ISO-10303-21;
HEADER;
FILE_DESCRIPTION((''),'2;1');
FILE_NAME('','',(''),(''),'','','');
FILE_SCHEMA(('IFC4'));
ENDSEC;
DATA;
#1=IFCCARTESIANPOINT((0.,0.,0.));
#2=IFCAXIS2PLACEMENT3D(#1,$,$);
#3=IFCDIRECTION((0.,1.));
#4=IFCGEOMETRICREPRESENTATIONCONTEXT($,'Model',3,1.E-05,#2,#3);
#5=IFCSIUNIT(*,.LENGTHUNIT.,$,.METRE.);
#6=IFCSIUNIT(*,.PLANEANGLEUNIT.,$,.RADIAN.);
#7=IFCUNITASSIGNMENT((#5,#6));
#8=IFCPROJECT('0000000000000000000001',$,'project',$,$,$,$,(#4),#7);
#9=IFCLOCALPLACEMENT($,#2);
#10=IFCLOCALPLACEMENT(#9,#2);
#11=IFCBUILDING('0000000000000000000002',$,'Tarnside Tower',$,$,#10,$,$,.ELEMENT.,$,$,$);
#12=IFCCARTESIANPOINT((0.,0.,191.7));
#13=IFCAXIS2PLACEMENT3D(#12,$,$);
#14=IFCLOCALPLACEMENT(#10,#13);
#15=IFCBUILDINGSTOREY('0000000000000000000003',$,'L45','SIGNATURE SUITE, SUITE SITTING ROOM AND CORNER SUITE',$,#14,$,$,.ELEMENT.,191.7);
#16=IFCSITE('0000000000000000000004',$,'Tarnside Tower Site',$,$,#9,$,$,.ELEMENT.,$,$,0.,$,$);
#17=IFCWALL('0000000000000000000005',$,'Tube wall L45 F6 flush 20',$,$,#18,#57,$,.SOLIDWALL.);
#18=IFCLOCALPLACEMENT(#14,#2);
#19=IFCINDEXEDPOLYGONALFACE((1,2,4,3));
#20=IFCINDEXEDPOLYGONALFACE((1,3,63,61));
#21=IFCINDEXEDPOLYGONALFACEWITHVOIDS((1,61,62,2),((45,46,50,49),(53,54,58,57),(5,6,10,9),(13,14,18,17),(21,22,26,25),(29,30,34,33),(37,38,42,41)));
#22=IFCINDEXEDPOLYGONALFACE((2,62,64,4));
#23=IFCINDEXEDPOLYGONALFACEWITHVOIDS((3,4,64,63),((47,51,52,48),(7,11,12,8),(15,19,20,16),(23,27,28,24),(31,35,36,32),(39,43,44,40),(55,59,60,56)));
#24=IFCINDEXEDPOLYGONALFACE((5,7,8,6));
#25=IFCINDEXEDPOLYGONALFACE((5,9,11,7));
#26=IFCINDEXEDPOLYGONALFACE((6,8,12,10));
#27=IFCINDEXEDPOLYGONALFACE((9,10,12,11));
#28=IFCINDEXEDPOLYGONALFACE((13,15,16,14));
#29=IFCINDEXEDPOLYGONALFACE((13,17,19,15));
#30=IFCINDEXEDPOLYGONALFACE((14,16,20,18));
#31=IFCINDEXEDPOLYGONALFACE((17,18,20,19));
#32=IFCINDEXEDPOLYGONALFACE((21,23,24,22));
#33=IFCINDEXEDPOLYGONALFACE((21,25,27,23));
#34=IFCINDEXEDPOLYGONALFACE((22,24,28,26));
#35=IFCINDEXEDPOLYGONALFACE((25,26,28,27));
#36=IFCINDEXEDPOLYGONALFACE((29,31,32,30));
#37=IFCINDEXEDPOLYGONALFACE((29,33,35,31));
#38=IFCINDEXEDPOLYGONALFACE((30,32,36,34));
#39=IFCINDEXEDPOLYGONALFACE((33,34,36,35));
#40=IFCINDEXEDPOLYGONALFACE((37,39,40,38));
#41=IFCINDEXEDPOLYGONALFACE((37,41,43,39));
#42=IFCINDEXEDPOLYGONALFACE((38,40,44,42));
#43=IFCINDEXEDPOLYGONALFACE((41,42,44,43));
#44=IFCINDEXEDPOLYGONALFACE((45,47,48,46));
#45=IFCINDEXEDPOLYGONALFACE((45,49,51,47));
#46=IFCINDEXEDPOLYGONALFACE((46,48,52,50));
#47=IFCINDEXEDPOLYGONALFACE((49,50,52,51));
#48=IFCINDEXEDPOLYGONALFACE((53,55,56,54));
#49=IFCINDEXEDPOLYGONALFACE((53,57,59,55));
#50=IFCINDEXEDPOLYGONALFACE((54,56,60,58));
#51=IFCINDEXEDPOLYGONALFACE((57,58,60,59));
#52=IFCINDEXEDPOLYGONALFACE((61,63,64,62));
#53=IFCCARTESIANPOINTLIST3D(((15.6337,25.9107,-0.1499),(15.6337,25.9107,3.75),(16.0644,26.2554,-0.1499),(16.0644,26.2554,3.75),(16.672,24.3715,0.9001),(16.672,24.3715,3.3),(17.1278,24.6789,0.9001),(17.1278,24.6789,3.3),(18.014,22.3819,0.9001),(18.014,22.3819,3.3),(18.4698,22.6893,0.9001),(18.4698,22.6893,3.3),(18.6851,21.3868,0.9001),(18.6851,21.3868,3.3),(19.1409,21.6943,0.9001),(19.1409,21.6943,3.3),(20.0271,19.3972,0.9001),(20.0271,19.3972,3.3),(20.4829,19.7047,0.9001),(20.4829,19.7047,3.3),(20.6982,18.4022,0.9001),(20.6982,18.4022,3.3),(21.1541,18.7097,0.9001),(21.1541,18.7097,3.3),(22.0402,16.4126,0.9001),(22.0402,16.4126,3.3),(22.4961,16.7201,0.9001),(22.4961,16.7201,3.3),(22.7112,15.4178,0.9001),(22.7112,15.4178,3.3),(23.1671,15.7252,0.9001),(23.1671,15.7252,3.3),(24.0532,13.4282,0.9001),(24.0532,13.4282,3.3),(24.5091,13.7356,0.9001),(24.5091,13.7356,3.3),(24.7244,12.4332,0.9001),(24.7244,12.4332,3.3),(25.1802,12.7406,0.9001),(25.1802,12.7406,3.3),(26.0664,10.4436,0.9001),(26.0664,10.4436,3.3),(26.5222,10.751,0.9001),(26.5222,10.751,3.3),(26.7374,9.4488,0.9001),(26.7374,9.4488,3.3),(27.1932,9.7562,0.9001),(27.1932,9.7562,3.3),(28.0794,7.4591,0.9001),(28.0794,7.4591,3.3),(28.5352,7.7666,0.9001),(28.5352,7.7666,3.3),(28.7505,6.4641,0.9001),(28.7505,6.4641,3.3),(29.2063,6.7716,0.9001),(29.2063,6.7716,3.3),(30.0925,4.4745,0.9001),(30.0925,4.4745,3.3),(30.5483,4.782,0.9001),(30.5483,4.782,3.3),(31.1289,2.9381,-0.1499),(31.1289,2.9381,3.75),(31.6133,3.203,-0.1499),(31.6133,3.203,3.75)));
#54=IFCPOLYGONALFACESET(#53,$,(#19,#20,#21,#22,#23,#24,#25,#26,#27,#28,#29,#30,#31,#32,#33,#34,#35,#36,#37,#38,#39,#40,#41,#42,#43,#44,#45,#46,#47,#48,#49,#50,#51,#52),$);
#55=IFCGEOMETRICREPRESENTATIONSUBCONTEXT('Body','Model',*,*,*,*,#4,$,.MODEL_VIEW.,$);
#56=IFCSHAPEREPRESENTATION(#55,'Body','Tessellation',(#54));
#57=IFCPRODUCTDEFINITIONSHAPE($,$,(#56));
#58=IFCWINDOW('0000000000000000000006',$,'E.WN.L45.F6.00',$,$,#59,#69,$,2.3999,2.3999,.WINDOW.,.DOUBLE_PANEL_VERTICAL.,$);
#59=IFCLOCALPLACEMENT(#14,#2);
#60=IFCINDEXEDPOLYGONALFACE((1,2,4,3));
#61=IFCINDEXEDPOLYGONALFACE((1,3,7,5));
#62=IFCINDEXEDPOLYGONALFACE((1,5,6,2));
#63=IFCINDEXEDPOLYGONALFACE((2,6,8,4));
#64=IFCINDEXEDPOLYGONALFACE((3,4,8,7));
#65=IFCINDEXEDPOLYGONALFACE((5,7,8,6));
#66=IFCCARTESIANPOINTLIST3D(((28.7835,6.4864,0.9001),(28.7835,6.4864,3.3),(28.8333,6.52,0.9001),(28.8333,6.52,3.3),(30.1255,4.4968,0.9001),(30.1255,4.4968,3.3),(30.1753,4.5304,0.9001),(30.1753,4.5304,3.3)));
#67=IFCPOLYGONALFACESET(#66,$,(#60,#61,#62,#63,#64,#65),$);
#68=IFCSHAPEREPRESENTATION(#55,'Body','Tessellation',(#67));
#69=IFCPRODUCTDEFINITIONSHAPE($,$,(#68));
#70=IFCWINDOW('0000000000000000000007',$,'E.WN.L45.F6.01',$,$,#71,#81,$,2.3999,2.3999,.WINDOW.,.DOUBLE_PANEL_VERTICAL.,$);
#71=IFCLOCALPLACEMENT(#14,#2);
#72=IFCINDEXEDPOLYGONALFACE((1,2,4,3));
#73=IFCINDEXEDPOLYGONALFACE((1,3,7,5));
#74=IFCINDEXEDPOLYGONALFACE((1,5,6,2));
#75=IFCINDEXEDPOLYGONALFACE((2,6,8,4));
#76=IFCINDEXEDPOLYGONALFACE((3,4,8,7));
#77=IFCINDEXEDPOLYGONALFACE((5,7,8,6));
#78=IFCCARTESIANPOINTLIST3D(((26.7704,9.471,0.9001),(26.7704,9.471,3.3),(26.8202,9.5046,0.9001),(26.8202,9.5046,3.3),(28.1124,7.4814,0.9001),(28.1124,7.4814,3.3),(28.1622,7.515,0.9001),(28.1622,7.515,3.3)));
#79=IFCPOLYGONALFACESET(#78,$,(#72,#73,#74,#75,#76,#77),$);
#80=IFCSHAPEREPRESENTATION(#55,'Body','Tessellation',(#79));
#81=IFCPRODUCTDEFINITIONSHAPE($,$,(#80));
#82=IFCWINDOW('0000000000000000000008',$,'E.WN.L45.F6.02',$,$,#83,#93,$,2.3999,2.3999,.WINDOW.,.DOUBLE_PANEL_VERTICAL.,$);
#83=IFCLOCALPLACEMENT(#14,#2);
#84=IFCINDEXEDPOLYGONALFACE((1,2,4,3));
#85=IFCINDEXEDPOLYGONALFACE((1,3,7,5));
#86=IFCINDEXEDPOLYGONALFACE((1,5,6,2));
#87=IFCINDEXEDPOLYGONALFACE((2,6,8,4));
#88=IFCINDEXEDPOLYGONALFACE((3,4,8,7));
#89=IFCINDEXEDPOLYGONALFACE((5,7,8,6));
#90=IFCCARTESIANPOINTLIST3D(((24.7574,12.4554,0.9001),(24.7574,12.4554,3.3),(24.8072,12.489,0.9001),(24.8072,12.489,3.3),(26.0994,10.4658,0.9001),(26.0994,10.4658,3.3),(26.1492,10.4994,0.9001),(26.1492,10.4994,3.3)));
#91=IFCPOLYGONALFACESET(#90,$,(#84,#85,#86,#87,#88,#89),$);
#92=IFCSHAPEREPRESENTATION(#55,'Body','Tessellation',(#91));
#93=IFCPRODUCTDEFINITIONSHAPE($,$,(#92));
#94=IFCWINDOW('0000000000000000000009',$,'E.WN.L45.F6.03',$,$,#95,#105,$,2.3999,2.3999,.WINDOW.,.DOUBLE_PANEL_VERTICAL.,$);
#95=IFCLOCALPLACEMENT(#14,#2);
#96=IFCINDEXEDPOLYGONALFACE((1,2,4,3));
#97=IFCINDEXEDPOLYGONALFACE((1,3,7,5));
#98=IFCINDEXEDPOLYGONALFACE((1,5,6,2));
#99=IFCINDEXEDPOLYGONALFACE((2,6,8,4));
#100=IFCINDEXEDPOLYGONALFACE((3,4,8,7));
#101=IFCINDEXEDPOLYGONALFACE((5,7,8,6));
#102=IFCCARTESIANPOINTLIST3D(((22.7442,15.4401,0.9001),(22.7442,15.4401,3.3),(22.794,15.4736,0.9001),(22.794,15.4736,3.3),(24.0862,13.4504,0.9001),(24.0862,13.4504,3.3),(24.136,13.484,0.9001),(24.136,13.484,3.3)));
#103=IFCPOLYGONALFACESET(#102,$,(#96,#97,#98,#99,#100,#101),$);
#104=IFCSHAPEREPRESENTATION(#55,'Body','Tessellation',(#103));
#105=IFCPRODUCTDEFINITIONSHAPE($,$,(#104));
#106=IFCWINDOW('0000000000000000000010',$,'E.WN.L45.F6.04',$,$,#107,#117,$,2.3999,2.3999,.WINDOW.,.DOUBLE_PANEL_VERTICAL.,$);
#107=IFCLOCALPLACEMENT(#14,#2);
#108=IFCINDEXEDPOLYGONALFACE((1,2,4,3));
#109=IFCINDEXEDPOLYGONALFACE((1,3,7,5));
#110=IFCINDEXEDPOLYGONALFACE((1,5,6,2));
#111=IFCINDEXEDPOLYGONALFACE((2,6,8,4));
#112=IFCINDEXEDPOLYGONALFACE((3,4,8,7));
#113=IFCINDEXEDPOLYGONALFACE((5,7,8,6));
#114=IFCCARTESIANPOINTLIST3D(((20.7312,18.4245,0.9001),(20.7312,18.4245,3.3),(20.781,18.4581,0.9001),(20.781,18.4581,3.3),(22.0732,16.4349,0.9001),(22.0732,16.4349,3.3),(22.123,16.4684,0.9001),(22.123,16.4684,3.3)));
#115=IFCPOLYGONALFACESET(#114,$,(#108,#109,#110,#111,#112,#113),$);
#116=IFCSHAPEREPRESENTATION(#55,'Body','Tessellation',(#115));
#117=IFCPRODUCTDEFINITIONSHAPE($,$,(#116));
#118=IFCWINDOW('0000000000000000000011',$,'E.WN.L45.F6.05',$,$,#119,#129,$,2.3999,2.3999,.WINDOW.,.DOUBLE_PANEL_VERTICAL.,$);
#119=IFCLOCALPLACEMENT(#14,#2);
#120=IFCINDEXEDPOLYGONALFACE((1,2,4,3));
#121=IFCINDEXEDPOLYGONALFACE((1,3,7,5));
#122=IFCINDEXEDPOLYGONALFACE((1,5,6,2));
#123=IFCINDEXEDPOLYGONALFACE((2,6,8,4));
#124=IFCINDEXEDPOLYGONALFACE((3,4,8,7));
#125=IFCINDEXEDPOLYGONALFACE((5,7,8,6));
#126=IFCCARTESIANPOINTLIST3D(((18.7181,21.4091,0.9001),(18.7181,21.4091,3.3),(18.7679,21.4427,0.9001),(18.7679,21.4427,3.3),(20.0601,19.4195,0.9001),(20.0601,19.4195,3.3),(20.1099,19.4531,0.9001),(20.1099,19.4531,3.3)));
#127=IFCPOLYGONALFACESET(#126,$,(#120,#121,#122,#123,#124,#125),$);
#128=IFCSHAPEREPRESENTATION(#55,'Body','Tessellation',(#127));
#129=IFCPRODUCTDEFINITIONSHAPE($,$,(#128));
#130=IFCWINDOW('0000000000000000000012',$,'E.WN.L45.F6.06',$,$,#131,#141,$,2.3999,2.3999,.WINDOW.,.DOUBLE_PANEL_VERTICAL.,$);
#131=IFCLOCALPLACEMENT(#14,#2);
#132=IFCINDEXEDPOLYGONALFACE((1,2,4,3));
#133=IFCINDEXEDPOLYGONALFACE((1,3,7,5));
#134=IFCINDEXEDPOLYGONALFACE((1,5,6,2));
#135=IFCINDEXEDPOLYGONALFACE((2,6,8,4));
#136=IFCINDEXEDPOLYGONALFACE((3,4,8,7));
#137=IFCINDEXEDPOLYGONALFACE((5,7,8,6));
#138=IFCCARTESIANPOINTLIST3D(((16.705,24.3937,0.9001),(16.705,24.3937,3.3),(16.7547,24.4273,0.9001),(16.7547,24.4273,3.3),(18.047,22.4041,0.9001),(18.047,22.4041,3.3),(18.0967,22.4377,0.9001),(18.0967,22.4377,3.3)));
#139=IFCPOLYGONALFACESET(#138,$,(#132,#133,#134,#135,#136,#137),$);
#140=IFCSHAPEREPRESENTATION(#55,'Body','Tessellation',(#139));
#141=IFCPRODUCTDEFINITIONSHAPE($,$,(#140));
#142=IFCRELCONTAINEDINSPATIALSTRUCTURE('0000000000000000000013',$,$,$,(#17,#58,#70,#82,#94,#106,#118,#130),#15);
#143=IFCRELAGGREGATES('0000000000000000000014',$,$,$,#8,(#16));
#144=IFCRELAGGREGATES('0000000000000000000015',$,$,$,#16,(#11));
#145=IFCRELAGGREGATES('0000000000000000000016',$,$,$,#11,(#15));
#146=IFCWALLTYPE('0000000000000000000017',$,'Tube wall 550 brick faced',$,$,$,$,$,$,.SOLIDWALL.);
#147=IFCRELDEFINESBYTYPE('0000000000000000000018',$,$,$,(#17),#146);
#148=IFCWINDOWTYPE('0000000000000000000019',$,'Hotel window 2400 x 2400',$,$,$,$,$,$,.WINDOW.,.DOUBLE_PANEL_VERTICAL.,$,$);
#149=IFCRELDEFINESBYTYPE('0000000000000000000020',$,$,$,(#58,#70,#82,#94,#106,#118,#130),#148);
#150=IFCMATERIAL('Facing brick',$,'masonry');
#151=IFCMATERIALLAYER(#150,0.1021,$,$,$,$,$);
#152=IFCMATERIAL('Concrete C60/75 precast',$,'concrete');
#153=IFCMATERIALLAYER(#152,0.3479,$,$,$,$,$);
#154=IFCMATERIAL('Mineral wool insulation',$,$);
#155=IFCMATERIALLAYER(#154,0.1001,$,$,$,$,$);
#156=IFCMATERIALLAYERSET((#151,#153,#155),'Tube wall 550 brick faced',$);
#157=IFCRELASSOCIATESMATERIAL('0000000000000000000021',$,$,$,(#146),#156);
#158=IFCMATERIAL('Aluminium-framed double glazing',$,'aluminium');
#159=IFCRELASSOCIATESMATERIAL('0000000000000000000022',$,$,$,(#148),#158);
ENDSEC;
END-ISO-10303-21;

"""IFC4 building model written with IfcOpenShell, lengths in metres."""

from ifc_helpers import new_model, si_unit, direction, frame, frame_2d, origin, place, context, subcontext, project, spatial, polyline, rectangle, outline, extrude, material, layer, layer_set, type_object, element, fill, save


model = new_model("IFC4")

# Units and contexts
model_context = context("Model", 3, precision=1e-05, world=origin(), true_north=direction((0.0, 1.0)))
body_context = subcontext(model_context, "Body", "Model", "MODEL_VIEW")
ifc_project = project(units=[si_unit("LENGTHUNIT", "METRE"), si_unit("PLANEANGLEUNIT", "RADIAN")], contexts=[model_context])

# Site, building, storey
site_placement = place(None, origin())
site = spatial("IfcSite", under=ifc_project, at=site_placement, Name="Tarnside Tower Site", CompositionType="ELEMENT", RefElevation=0.0)
building_placement = place(site_placement, origin())
building = spatial("IfcBuilding", under=site, at=building_placement, Name="Tarnside Tower", CompositionType="ELEMENT")
storey_placement = place(building_placement, frame((0.0, 0.0, 191.7)))
storey = spatial("IfcBuildingStorey", under=building, at=storey_placement, Name="L45", Description="SIGNATURE SUITE, SUITE SITTING ROOM AND CORNER SUITE", CompositionType="ELEMENT", Elevation=191.7)

# Shared definitions
ifc_material_1 = material(Name="Facing brick", Category="masonry")
ifc_layer_1 = layer(ifc_material_1, 0.1021)
ifc_material_2 = material(Name="Concrete C60/75 precast", Category="concrete")
ifc_layer_2 = layer(ifc_material_2, 0.3479)
ifc_material_3 = material(Name="Mineral wool insulation")
ifc_layer_3 = layer(ifc_material_3, 0.1001)
ifc_layer_set_1 = layer_set([ifc_layer_1, ifc_layer_2, ifc_layer_3], Name="Tube wall 550 brick faced")
wall_type_1 = type_object("IfcWallType", Name="Tube wall 550 brick faced", PredefinedType="SOLIDWALL", material=ifc_layer_set_1)

# Wall, openings, windows
wall_1_placement = place(storey_placement, frame((31.3711, 3.0706, -0.1499), z_axis=(0.0, 0.0, 1.0), x_axis=(-0.55919, 0.82904, 0.0)))
wall_1 = element("IfcWall", 1, at=wall_1_placement, inside=storey, type_object=wall_type_1, Name="Tube wall L45 F6 flush 20", PredefinedType="SOLIDWALL", context=body_context, shape_type="SweptSolid", body=[
    extrude(outline(polyline([(-0.0256, -0.2749), (27.7805, -0.2749), (27.7356, 0.2749), (0.0256, 0.2749), (-0.0256, -0.2749)])), origin(), (0.0, 0.0, 1.0), 3.8999),
])
opening_1_placement = place(wall_1_placement, frame((1.8789, 0.0, 1.05)))
opening_1 = element("IfcOpeningElement", 2, at=opening_1_placement, cuts=wall_1, PredefinedType="OPENING", context=body_context, shape_type="SweptSolid", body=[
    extrude(rectangle(XDim=2.3999, YDim=2.3999, at=frame_2d((1.2, 1.2))), frame((0.0, 0.2852, 0.0), z_axis=(0.0, -1.0, 0.0), x_axis=(1.0, 0.0, 0.0)), (0.0, 0.0, 1.0), 0.5701),
])
opening_2_placement = place(wall_1_placement, frame((5.479, 0.0, 1.05)))
opening_2 = element("IfcOpeningElement", 3, at=opening_2_placement, cuts=wall_1, PredefinedType="OPENING", context=body_context, shape_type="SweptSolid", body=[
    extrude(rectangle(XDim=2.3999, YDim=2.3999, at=frame_2d((1.2, 1.2))), frame((0.0, 0.2852, 0.0), z_axis=(0.0, -1.0, 0.0), x_axis=(1.0, 0.0, 0.0)), (0.0, 0.0, 1.0), 0.5701),
])
opening_3_placement = place(wall_1_placement, frame((9.0789, 0.0, 1.05)))
opening_3 = element("IfcOpeningElement", 4, at=opening_3_placement, cuts=wall_1, PredefinedType="OPENING", context=body_context, shape_type="SweptSolid", body=[
    extrude(rectangle(XDim=2.3999, YDim=2.3999, at=frame_2d((1.2, 1.2))), frame((0.0, 0.2852, 0.0), z_axis=(0.0, -1.0, 0.0), x_axis=(1.0, 0.0, 0.0)), (0.0, 0.0, 1.0), 0.5701),
])
opening_4_placement = place(wall_1_placement, frame((12.679, 0.0, 1.05)))
opening_4 = element("IfcOpeningElement", 5, at=opening_4_placement, cuts=wall_1, PredefinedType="OPENING", context=body_context, shape_type="SweptSolid", body=[
    extrude(rectangle(XDim=2.3999, YDim=2.3999, at=frame_2d((1.2, 1.2))), frame((0.0, 0.2852, 0.0), z_axis=(0.0, -1.0, 0.0), x_axis=(1.0, 0.0, 0.0)), (0.0, 0.0, 1.0), 0.5701),
])
opening_5_placement = place(wall_1_placement, frame((16.2788, 0.0, 1.05)))
opening_5 = element("IfcOpeningElement", 6, at=opening_5_placement, cuts=wall_1, PredefinedType="OPENING", context=body_context, shape_type="SweptSolid", body=[
    extrude(rectangle(XDim=2.3999, YDim=2.3999, at=frame_2d((1.2, 1.2))), frame((0.0, 0.2852, 0.0), z_axis=(0.0, -1.0, 0.0), x_axis=(1.0, 0.0, 0.0)), (0.0, 0.0, 1.0), 0.5701),
])
opening_6_placement = place(wall_1_placement, frame((19.8789, 0.0, 1.05)))
opening_6 = element("IfcOpeningElement", 7, at=opening_6_placement, cuts=wall_1, PredefinedType="OPENING", context=body_context, shape_type="SweptSolid", body=[
    extrude(rectangle(XDim=2.3999, YDim=2.3999, at=frame_2d((1.2, 1.2))), frame((0.0, 0.2852, 0.0), z_axis=(0.0, -1.0, 0.0), x_axis=(1.0, 0.0, 0.0)), (0.0, 0.0, 1.0), 0.5701),
])
opening_7_placement = place(wall_1_placement, frame((23.479, 0.0, 1.05)))
opening_7 = element("IfcOpeningElement", 8, at=opening_7_placement, cuts=wall_1, PredefinedType="OPENING", context=body_context, shape_type="SweptSolid", body=[
    extrude(rectangle(XDim=2.3999, YDim=2.3999, at=frame_2d((1.2, 1.2))), frame((0.0, 0.2852, 0.0), z_axis=(0.0, -1.0, 0.0), x_axis=(1.0, 0.0, 0.0)), (0.0, 0.0, 1.0), 0.5701),
])
ifc_material_4 = material(Name="Aluminium-framed double glazing", Category="aluminium")
window_type = type_object("IfcWindowType", Name="Hotel window 2400 x 2400", PartitioningType="DOUBLE_PANEL_VERTICAL", PredefinedType="WINDOW", material=ifc_material_4)
window_1_placement = place(opening_1_placement, frame((0.0, 0.2051, 0.0)))
window_1 = element("IfcWindow", 9, at=window_1_placement, inside=storey, type_object=window_type, Name="E.WN.L45.F6.00", OverallHeight=2.3999, OverallWidth=2.3999, PartitioningType="DOUBLE_PANEL_VERTICAL", PredefinedType="WINDOW", context=body_context, shape_type="SweptSolid", body=[
    extrude(rectangle(XDim=2.3999, YDim=2.3999, at=frame_2d((1.2, 1.2))), frame((0.0, 0.03, 0.0), z_axis=(0.0, -1.0, 0.0), x_axis=(1.0, 0.0, 0.0)), (0.0, 0.0, 1.0), 0.0601),
])
fill(opening_1, window_1)
window_2_placement = place(opening_2_placement, frame((0.0, 0.2051, 0.0)))
window_2 = element("IfcWindow", 10, at=window_2_placement, inside=storey, type_object=window_type, Name="E.WN.L45.F6.01", OverallHeight=2.3999, OverallWidth=2.3999, PartitioningType="DOUBLE_PANEL_VERTICAL", PredefinedType="WINDOW", context=body_context, shape_type="SweptSolid", body=[
    extrude(rectangle(XDim=2.3999, YDim=2.3999, at=frame_2d((1.2, 1.2))), frame((0.0, 0.03, 0.0), z_axis=(0.0, -1.0, 0.0), x_axis=(1.0, 0.0, 0.0)), (0.0, 0.0, 1.0), 0.0601),
])
fill(opening_2, window_2)
window_3_placement = place(opening_3_placement, frame((0.0, 0.2051, 0.0)))
window_3 = element("IfcWindow", 11, at=window_3_placement, inside=storey, type_object=window_type, Name="E.WN.L45.F6.02", OverallHeight=2.3999, OverallWidth=2.3999, PartitioningType="DOUBLE_PANEL_VERTICAL", PredefinedType="WINDOW", context=body_context, shape_type="SweptSolid", body=[
    extrude(rectangle(XDim=2.3999, YDim=2.3999, at=frame_2d((1.2, 1.2))), frame((0.0, 0.03, 0.0), z_axis=(0.0, -1.0, 0.0), x_axis=(1.0, 0.0, 0.0)), (0.0, 0.0, 1.0), 0.0601),
])
fill(opening_3, window_3)
window_4_placement = place(opening_4_placement, frame((0.0, 0.2051, 0.0)))
window_4 = element("IfcWindow", 12, at=window_4_placement, inside=storey, type_object=window_type, Name="E.WN.L45.F6.03", OverallHeight=2.3999, OverallWidth=2.3999, PartitioningType="DOUBLE_PANEL_VERTICAL", PredefinedType="WINDOW", context=body_context, shape_type="SweptSolid", body=[
    extrude(rectangle(XDim=2.3999, YDim=2.3999, at=frame_2d((1.2, 1.2))), frame((0.0, 0.03, 0.0), z_axis=(0.0, -1.0, 0.0), x_axis=(1.0, 0.0, 0.0)), (0.0, 0.0, 1.0), 0.0601),
])
fill(opening_4, window_4)
window_5_placement = place(opening_5_placement, frame((0.0, 0.2051, 0.0)))
window_5 = element("IfcWindow", 13, at=window_5_placement, inside=storey, type_object=window_type, Name="E.WN.L45.F6.04", OverallHeight=2.3999, OverallWidth=2.3999, PartitioningType="DOUBLE_PANEL_VERTICAL", PredefinedType="WINDOW", context=body_context, shape_type="SweptSolid", body=[
    extrude(rectangle(XDim=2.3999, YDim=2.3999, at=frame_2d((1.2, 1.2))), frame((0.0, 0.03, 0.0), z_axis=(0.0, -1.0, 0.0), x_axis=(1.0, 0.0, 0.0)), (0.0, 0.0, 1.0), 0.0601),
])
fill(opening_5, window_5)
window_6_placement = place(opening_6_placement, frame((0.0, 0.2051, 0.0)))
window_6 = element("IfcWindow", 14, at=window_6_placement, inside=storey, type_object=window_type, Name="E.WN.L45.F6.05", OverallHeight=2.3999, OverallWidth=2.3999, PartitioningType="DOUBLE_PANEL_VERTICAL", PredefinedType="WINDOW", context=body_context, shape_type="SweptSolid", body=[
    extrude(rectangle(XDim=2.3999, YDim=2.3999, at=frame_2d((1.2, 1.2))), frame((0.0, 0.03, 0.0), z_axis=(0.0, -1.0, 0.0), x_axis=(1.0, 0.0, 0.0)), (0.0, 0.0, 1.0), 0.0601),
])
fill(opening_6, window_6)
window_7_placement = place(opening_7_placement, frame((0.0, 0.2051, 0.0)))
window_7 = element("IfcWindow", 15, at=window_7_placement, inside=storey, type_object=window_type, Name="E.WN.L45.F6.06", OverallHeight=2.3999, OverallWidth=2.3999, PartitioningType="DOUBLE_PANEL_VERTICAL", PredefinedType="WINDOW", context=body_context, shape_type="SweptSolid", body=[
    extrude(rectangle(XDim=2.3999, YDim=2.3999, at=frame_2d((1.2, 1.2))), frame((0.0, 0.03, 0.0), z_axis=(0.0, -1.0, 0.0), x_axis=(1.0, 0.0, 0.0)), (0.0, 0.0, 1.0), 0.0601),
])
fill(opening_7, window_7)

save(model, "model.ifc")
